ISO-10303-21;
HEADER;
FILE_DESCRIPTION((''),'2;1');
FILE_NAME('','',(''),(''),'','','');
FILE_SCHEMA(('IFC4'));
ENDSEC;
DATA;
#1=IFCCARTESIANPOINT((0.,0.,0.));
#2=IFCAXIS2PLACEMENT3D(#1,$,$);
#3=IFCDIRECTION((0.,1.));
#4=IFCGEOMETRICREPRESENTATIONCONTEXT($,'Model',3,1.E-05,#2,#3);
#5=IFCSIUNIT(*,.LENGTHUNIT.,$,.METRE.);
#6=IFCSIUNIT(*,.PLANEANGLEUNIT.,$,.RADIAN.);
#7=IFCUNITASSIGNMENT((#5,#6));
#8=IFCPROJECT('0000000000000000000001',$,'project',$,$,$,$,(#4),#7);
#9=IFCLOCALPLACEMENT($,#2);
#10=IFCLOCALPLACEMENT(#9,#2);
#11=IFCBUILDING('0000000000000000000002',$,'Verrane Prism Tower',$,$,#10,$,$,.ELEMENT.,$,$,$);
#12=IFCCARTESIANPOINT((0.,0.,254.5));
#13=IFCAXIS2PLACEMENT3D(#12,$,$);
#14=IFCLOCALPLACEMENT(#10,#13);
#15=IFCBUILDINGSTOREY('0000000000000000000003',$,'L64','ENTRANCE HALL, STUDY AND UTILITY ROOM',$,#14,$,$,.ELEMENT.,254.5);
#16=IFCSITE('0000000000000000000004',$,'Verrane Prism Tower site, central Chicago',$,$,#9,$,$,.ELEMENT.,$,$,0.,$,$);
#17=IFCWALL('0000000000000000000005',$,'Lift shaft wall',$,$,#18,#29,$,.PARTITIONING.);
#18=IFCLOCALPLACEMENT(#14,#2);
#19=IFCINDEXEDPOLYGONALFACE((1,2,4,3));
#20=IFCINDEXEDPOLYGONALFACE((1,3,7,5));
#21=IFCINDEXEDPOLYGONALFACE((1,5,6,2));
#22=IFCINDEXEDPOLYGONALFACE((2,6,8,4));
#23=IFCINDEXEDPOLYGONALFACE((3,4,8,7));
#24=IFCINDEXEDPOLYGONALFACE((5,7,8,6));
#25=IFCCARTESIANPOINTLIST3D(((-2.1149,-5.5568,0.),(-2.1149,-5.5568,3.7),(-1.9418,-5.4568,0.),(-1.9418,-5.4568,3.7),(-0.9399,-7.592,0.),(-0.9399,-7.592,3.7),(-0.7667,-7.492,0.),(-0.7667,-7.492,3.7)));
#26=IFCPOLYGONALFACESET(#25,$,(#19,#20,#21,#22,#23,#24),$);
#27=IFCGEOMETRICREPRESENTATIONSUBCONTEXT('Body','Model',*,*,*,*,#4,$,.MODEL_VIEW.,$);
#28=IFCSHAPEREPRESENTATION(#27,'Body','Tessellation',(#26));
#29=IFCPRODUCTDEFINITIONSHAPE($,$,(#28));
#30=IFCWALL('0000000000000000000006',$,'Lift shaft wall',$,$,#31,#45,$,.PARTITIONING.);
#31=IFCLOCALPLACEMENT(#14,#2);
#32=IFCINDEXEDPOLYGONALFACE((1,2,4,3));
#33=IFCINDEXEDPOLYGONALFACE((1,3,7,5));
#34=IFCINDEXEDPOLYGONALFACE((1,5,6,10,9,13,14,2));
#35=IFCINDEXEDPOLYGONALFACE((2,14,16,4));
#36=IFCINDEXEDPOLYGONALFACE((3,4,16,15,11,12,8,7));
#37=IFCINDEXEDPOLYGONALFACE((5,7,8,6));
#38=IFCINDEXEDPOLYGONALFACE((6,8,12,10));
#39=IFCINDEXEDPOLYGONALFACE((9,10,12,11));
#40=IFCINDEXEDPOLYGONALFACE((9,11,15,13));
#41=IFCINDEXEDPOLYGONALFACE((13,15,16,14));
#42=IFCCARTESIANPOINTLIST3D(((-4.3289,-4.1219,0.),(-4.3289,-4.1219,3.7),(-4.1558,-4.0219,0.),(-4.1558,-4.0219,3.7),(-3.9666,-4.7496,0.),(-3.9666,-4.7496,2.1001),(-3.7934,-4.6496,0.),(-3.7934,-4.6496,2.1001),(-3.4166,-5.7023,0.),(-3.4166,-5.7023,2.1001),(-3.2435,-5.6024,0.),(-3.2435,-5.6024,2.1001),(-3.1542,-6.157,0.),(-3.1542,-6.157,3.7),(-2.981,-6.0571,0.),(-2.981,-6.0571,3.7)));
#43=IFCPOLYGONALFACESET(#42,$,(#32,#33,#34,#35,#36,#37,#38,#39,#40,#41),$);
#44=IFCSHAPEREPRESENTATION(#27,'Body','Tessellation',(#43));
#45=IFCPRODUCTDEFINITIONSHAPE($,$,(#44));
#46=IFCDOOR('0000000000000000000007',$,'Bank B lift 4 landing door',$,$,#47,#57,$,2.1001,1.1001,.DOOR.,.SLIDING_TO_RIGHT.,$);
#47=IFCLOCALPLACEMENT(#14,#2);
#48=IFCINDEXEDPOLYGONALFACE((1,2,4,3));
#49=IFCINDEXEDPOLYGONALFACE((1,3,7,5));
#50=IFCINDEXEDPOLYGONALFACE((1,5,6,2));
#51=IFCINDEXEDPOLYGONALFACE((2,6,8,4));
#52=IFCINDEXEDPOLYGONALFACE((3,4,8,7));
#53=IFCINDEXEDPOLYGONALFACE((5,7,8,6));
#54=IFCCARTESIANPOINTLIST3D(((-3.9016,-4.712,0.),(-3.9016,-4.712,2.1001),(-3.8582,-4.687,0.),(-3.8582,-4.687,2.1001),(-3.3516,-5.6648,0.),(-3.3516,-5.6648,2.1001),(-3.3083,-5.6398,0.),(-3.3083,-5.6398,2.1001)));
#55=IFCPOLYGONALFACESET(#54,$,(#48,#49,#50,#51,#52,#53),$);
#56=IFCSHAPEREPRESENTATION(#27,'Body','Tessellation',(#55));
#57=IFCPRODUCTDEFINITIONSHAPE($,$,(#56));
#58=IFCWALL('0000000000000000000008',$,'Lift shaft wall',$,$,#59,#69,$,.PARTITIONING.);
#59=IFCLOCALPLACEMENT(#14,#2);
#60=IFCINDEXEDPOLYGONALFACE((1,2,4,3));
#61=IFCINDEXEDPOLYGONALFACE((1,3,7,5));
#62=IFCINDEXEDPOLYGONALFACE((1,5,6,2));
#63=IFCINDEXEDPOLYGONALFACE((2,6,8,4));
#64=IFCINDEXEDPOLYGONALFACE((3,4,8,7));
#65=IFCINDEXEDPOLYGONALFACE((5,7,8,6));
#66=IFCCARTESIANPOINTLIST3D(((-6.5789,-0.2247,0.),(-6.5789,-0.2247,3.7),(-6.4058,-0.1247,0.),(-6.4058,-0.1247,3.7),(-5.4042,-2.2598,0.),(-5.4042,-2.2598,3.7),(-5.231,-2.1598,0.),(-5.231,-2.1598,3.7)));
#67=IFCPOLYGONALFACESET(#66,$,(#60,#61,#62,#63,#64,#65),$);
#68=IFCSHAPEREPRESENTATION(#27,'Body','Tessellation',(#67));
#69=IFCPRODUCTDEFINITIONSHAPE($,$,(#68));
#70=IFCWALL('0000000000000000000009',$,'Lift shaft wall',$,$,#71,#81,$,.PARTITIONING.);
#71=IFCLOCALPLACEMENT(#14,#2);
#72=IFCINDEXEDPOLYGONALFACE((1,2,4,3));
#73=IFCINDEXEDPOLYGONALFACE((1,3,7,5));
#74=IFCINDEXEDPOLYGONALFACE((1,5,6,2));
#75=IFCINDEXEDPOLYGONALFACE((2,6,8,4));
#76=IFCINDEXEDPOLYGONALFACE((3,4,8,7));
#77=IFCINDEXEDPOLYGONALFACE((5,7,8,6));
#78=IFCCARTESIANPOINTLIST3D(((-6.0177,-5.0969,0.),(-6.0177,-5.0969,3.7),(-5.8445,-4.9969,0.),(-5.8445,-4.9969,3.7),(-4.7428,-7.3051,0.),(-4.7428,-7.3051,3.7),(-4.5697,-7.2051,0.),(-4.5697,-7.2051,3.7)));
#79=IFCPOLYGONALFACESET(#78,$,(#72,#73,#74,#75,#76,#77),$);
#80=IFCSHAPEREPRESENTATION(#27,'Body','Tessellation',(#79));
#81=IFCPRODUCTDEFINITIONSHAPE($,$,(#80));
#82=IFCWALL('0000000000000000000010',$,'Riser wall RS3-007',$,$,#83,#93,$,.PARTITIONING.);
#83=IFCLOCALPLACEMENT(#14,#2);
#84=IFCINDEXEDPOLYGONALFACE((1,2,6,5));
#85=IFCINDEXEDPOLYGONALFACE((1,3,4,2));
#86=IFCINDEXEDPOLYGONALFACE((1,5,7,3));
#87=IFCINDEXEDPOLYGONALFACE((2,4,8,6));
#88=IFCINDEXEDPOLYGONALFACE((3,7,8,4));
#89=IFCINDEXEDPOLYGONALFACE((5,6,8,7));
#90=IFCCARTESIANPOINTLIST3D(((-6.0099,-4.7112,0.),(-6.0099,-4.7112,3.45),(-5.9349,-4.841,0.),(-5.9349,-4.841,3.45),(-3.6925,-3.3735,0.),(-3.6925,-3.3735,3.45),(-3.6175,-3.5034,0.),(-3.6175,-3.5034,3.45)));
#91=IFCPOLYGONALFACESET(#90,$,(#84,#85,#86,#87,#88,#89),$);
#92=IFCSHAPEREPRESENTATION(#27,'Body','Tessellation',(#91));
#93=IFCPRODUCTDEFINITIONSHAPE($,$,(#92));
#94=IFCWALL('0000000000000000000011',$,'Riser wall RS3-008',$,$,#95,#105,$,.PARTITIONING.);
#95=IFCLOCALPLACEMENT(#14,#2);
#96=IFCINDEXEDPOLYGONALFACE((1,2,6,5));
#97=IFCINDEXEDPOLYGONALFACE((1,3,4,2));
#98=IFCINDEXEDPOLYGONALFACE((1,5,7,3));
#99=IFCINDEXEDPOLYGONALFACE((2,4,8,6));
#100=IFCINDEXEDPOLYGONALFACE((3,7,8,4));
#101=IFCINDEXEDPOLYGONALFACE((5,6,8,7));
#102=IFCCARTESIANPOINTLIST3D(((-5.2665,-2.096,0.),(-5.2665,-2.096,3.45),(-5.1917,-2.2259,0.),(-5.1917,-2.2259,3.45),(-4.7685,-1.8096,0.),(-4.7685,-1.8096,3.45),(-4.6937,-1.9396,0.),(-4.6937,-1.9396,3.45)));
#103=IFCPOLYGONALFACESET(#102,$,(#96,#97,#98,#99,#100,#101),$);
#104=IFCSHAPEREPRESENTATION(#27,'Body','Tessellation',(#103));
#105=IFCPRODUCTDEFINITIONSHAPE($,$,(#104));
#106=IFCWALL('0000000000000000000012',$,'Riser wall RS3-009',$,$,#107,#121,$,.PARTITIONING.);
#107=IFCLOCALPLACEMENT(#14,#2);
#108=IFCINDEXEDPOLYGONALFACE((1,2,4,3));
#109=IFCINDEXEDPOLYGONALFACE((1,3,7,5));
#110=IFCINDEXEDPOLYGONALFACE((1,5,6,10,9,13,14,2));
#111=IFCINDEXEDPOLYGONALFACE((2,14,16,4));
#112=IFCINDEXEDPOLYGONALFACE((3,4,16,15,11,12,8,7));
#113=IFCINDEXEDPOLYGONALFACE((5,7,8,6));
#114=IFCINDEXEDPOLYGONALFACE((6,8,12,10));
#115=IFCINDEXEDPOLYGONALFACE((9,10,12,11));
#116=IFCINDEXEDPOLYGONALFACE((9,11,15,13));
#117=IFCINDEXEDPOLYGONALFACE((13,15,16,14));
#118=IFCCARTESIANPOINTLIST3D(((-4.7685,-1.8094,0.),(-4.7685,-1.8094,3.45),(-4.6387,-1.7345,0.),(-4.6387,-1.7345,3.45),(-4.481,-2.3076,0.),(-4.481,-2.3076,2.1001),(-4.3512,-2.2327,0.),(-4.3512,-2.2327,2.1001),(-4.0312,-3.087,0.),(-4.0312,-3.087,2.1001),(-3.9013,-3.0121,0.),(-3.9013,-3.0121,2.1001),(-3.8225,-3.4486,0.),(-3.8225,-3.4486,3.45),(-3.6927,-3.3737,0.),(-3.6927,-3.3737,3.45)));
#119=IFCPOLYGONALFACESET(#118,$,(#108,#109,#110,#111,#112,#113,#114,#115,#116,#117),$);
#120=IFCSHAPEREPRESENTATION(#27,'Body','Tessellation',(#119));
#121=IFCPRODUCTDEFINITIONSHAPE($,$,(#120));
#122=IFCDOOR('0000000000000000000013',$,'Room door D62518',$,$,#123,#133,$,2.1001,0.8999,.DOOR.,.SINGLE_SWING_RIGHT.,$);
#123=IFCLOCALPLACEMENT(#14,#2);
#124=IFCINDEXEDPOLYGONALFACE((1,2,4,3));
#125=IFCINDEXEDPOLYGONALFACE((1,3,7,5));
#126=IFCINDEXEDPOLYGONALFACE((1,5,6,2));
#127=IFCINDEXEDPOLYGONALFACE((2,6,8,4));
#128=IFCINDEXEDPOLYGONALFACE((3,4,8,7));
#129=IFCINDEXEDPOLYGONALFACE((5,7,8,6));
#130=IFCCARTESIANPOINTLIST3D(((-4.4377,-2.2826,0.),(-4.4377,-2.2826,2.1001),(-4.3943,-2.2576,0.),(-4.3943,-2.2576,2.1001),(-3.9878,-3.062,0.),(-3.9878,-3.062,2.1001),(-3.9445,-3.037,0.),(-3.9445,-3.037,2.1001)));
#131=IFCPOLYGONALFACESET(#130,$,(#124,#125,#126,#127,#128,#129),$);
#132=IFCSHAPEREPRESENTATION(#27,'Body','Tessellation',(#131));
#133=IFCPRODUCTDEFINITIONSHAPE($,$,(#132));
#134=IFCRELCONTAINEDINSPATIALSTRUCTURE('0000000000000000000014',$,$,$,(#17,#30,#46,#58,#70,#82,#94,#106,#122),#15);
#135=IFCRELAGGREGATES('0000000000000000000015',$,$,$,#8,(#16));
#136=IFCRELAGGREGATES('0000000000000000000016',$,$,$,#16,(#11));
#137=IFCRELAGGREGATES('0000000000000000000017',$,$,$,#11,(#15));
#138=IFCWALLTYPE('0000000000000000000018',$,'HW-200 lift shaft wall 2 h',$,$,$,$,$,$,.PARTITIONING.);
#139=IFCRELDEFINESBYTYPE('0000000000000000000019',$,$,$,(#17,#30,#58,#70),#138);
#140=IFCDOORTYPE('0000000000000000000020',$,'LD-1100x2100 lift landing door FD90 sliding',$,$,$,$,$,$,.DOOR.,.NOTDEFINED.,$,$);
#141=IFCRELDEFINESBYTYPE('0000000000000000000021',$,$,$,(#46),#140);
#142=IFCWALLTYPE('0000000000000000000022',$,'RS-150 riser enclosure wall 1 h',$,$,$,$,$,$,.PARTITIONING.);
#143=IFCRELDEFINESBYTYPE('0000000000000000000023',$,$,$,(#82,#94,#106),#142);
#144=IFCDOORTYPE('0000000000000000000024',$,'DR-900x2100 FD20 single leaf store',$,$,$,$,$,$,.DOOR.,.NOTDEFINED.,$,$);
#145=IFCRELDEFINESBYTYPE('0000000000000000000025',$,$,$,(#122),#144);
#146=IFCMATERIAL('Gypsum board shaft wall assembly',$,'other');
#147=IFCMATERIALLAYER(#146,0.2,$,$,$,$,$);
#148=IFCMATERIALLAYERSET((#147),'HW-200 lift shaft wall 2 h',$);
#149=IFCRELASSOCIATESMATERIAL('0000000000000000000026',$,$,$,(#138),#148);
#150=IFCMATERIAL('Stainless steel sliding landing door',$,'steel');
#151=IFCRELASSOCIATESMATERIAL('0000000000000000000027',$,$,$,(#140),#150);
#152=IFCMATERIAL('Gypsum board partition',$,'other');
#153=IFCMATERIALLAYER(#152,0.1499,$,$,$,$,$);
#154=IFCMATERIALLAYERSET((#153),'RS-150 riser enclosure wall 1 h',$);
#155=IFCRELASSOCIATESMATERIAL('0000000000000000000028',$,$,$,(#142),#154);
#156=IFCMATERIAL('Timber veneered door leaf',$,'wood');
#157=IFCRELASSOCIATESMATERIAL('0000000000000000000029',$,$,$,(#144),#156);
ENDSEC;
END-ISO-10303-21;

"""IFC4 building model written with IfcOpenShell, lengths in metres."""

from ifc_helpers import new_model, si_unit, direction, frame, frame_2d, origin, place, context, subcontext, project, spatial, rectangle, extrude, material, layer, layer_set, type_object, element, fill, save


model = new_model("IFC4")

# Units and contexts
model_context = context("Model", 3, precision=1e-05, world=origin(), true_north=direction((0.0, 1.0)))
body_context = subcontext(model_context, "Body", "Model", "MODEL_VIEW")
ifc_project = project(units=[si_unit("LENGTHUNIT", "METRE"), si_unit("PLANEANGLEUNIT", "RADIAN")], contexts=[model_context])

# Site, building, storey
site_placement = place(None, origin())
site = spatial("IfcSite", under=ifc_project, at=site_placement, Name="Verrane Prism Tower site, central Chicago", CompositionType="ELEMENT", RefElevation=0.0)
building_placement = place(site_placement, origin())
building = spatial("IfcBuilding", under=site, at=building_placement, Name="Verrane Prism Tower", CompositionType="ELEMENT")
storey_placement = place(building_placement, frame((0.0, 0.0, 254.5)))
storey = spatial("IfcBuildingStorey", under=building, at=storey_placement, Name="L64", Description="ENTRANCE HALL, STUDY AND UTILITY ROOM", CompositionType="ELEMENT", Elevation=254.5)

# Shared definitions
ifc_material_1 = material(Name="Gypsum board shaft wall assembly", Category="other")
ifc_layer_1 = layer(ifc_material_1, 0.2)
ifc_layer_set_1 = layer_set([ifc_layer_1], Name="HW-200 lift shaft wall 2 h")
wall_type_1 = type_object("IfcWallType", Name="HW-200 lift shaft wall 2 h", PredefinedType="PARTITIONING", material=ifc_layer_set_1)
ifc_material_2 = material(Name="Stainless steel sliding landing door", Category="steel")
door_type_1 = type_object("IfcDoorType", Name="LD-1100x2100 lift landing door FD90 sliding", OperationType="NOTDEFINED", PredefinedType="DOOR", material=ifc_material_2)

# Wall
wall_1_placement = place(storey_placement, frame((-0.8533, -7.542, 0.0), z_axis=(0.0, 0.0, 1.0), x_axis=(-0.500016, 0.866016, 0.0)))
element("IfcWall", 1, at=wall_1_placement, inside=storey, type_object=wall_type_1, Name="Lift shaft wall", PredefinedType="PARTITIONING", context=body_context, shape_type="SweptSolid", body=[
    extrude(rectangle(XDim=2.3501, YDim=0.2, at=frame_2d((1.175, 0.0))), origin(), (0.0, 0.0, 1.0), 3.7),
])

# Wall, opening, door
wall_2_placement = place(storey_placement, frame((-3.0676, -6.1069, 0.0), z_axis=(0.0, 0.0, 1.0), x_axis=(-0.499938, 0.866061, 0.0)))
wall_2 = element("IfcWall", 2, at=wall_2_placement, inside=storey, type_object=wall_type_1, Name="Lift shaft wall", PredefinedType="PARTITIONING", context=body_context, shape_type="SweptSolid", body=[
    extrude(rectangle(XDim=2.3499, YDim=0.2, at=frame_2d((1.1748, 0.0))), origin(), (0.0, 0.0, 1.0), 3.7),
])
opening_1_placement = place(wall_2_placement, frame((0.5249, 0.0, 0.0)))
opening_1 = element("IfcOpeningElement", 3, at=opening_1_placement, cuts=wall_2, PredefinedType="OPENING", context=body_context, shape_type="SweptSolid", body=[
    extrude(rectangle(XDim=1.1001, YDim=2.1001, at=frame_2d((0.55, 1.05))), frame((0.0, 0.1099, 0.0), z_axis=(0.0, -1.0, 0.0), x_axis=(1.0, 0.0, 0.0)), (0.0, 0.0, 1.0), 0.22),
])
door_1_placement = place(opening_1_placement, origin())
door_1 = element("IfcDoor", 4, at=door_1_placement, inside=storey, type_object=door_type_1, Name="Bank B lift 4 landing door", OperationType="SLIDING_TO_RIGHT", OverallHeight=2.1001, OverallWidth=1.1001, PredefinedType="DOOR", context=body_context, shape_type="SweptSolid", body=[
    extrude(rectangle(XDim=1.1001, YDim=2.1001, at=frame_2d((0.55, 1.05))), frame((0.0, 0.0249, 0.0), z_axis=(0.0, -1.0, 0.0), x_axis=(1.0, 0.0, 0.0)), (0.0, 0.0, 1.0), 0.05),
])
fill(opening_1, door_1)

# Walls
wall_3_placement = place(storey_placement, frame((-5.3176, -2.2097, 0.0), z_axis=(0.0, 0.0, 1.0), x_axis=(-0.499938, 0.866061, 0.0)))
element("IfcWall", 5, at=wall_3_placement, inside=storey, type_object=wall_type_1, Name="Lift shaft wall", PredefinedType="PARTITIONING", context=body_context, shape_type="SweptSolid", body=[
    extrude(rectangle(XDim=2.3499, YDim=0.2, at=frame_2d((1.1748, 0.0))), origin(), (0.0, 0.0, 1.0), 3.7),
])
wall_4_placement = place(storey_placement, frame((-4.6562, -7.2551, 0.0), z_axis=(0.0, 0.0, 1.0), x_axis=(-0.49999, 0.866031, 0.0)))
element("IfcWall", 6, at=wall_4_placement, inside=storey, type_object=wall_type_1, Name="Lift shaft wall", PredefinedType="PARTITIONING", context=body_context, shape_type="SweptSolid", body=[
    extrude(rectangle(XDim=2.5498, YDim=0.2, at=frame_2d((1.2749, 0.0))), origin(), (0.0, 0.0, 1.0), 3.7),
])
ifc_material_3 = material(Name="Gypsum board partition", Category="other")
ifc_layer_2 = layer(ifc_material_3, 0.1499)
ifc_layer_set_2 = layer_set([ifc_layer_2], Name="RS-150 riser enclosure wall 1 h")
wall_type_2 = type_object("IfcWallType", Name="RS-150 riser enclosure wall 1 h", PredefinedType="PARTITIONING", material=ifc_layer_set_2)
wall_5_placement = place(storey_placement, frame((-5.9724, -4.7761, 0.0), z_axis=(0.0, 0.0, 1.0), x_axis=(0.866073, 0.499917, 0.0)))
element("IfcWall", 7, at=wall_5_placement, inside=storey, type_object=wall_type_2, Name="Riser wall RS3-007", PredefinedType="PARTITIONING", context=body_context, shape_type="SweptSolid", body=[
    extrude(rectangle(XDim=2.6758, YDim=0.1499, at=frame_2d((1.3379, 0.0))), origin(), (0.0, 0.0, 1.0), 3.45),
])
wall_6_placement = place(storey_placement, frame((-5.229, -2.1609, 0.0), z_axis=(0.0, 0.0, 1.0), x_axis=(0.866906, 0.498471, 0.0)))
element("IfcWall", 8, at=wall_6_placement, inside=storey, type_object=wall_type_2, Name="Riser wall RS3-008", PredefinedType="PARTITIONING", context=body_context, shape_type="SweptSolid", body=[
    extrude(rectangle(XDim=0.5745, YDim=0.1499, at=frame_2d((0.2871, 0.0))), origin(), (0.0, 0.0, 1.0), 3.45),
])

# Wall, opening, door
wall_7_placement = place(storey_placement, frame((-3.7576, -3.4111, 0.0), z_axis=(0.0, 0.0, 1.0), x_axis=(-0.499871, 0.8661, 0.0)))
wall_7 = element("IfcWall", 9, at=wall_7_placement, inside=storey, type_object=wall_type_2, Name="Riser wall RS3-009", PredefinedType="PARTITIONING", context=body_context, shape_type="SweptSolid", body=[
    extrude(rectangle(XDim=1.8926, YDim=0.1499, at=frame_2d((0.9463, 0.0))), origin(), (0.0, 0.0, 1.0), 3.45),
])
opening_2_placement = place(wall_7_placement, frame((0.4175, 0.0, 0.0)))
opening_2 = element("IfcOpeningElement", 10, at=opening_2_placement, cuts=wall_7, PredefinedType="OPENING", context=body_context, shape_type="SweptSolid", body=[
    extrude(rectangle(XDim=0.8999, YDim=2.1001, at=frame_2d((0.45, 1.05))), frame((0.0, 0.085, 0.0), z_axis=(0.0, -1.0, 0.0), x_axis=(1.0, 0.0, 0.0)), (0.0, 0.0, 1.0), 0.1699),
])
ifc_material_4 = material(Name="Timber veneered door leaf", Category="wood")
door_type_2 = type_object("IfcDoorType", Name="DR-900x2100 FD20 single leaf store", OperationType="NOTDEFINED", PredefinedType="DOOR", material=ifc_material_4)
door_2_placement = place(opening_2_placement, origin())
door_2 = element("IfcDoor", 11, at=door_2_placement, inside=storey, type_object=door_type_2, Name="Room door D62518", OperationType="SINGLE_SWING_RIGHT", OverallHeight=2.1001, OverallWidth=0.8999, PredefinedType="DOOR", context=body_context, shape_type="SweptSolid", body=[
    extrude(rectangle(XDim=0.8999, YDim=2.1001, at=frame_2d((0.45, 1.05))), frame((0.0, 0.0249, 0.0), z_axis=(0.0, -1.0, 0.0), x_axis=(1.0, 0.0, 0.0)), (0.0, 0.0, 1.0), 0.05),
])
fill(opening_2, door_2)

save(model, "model.ifc")
